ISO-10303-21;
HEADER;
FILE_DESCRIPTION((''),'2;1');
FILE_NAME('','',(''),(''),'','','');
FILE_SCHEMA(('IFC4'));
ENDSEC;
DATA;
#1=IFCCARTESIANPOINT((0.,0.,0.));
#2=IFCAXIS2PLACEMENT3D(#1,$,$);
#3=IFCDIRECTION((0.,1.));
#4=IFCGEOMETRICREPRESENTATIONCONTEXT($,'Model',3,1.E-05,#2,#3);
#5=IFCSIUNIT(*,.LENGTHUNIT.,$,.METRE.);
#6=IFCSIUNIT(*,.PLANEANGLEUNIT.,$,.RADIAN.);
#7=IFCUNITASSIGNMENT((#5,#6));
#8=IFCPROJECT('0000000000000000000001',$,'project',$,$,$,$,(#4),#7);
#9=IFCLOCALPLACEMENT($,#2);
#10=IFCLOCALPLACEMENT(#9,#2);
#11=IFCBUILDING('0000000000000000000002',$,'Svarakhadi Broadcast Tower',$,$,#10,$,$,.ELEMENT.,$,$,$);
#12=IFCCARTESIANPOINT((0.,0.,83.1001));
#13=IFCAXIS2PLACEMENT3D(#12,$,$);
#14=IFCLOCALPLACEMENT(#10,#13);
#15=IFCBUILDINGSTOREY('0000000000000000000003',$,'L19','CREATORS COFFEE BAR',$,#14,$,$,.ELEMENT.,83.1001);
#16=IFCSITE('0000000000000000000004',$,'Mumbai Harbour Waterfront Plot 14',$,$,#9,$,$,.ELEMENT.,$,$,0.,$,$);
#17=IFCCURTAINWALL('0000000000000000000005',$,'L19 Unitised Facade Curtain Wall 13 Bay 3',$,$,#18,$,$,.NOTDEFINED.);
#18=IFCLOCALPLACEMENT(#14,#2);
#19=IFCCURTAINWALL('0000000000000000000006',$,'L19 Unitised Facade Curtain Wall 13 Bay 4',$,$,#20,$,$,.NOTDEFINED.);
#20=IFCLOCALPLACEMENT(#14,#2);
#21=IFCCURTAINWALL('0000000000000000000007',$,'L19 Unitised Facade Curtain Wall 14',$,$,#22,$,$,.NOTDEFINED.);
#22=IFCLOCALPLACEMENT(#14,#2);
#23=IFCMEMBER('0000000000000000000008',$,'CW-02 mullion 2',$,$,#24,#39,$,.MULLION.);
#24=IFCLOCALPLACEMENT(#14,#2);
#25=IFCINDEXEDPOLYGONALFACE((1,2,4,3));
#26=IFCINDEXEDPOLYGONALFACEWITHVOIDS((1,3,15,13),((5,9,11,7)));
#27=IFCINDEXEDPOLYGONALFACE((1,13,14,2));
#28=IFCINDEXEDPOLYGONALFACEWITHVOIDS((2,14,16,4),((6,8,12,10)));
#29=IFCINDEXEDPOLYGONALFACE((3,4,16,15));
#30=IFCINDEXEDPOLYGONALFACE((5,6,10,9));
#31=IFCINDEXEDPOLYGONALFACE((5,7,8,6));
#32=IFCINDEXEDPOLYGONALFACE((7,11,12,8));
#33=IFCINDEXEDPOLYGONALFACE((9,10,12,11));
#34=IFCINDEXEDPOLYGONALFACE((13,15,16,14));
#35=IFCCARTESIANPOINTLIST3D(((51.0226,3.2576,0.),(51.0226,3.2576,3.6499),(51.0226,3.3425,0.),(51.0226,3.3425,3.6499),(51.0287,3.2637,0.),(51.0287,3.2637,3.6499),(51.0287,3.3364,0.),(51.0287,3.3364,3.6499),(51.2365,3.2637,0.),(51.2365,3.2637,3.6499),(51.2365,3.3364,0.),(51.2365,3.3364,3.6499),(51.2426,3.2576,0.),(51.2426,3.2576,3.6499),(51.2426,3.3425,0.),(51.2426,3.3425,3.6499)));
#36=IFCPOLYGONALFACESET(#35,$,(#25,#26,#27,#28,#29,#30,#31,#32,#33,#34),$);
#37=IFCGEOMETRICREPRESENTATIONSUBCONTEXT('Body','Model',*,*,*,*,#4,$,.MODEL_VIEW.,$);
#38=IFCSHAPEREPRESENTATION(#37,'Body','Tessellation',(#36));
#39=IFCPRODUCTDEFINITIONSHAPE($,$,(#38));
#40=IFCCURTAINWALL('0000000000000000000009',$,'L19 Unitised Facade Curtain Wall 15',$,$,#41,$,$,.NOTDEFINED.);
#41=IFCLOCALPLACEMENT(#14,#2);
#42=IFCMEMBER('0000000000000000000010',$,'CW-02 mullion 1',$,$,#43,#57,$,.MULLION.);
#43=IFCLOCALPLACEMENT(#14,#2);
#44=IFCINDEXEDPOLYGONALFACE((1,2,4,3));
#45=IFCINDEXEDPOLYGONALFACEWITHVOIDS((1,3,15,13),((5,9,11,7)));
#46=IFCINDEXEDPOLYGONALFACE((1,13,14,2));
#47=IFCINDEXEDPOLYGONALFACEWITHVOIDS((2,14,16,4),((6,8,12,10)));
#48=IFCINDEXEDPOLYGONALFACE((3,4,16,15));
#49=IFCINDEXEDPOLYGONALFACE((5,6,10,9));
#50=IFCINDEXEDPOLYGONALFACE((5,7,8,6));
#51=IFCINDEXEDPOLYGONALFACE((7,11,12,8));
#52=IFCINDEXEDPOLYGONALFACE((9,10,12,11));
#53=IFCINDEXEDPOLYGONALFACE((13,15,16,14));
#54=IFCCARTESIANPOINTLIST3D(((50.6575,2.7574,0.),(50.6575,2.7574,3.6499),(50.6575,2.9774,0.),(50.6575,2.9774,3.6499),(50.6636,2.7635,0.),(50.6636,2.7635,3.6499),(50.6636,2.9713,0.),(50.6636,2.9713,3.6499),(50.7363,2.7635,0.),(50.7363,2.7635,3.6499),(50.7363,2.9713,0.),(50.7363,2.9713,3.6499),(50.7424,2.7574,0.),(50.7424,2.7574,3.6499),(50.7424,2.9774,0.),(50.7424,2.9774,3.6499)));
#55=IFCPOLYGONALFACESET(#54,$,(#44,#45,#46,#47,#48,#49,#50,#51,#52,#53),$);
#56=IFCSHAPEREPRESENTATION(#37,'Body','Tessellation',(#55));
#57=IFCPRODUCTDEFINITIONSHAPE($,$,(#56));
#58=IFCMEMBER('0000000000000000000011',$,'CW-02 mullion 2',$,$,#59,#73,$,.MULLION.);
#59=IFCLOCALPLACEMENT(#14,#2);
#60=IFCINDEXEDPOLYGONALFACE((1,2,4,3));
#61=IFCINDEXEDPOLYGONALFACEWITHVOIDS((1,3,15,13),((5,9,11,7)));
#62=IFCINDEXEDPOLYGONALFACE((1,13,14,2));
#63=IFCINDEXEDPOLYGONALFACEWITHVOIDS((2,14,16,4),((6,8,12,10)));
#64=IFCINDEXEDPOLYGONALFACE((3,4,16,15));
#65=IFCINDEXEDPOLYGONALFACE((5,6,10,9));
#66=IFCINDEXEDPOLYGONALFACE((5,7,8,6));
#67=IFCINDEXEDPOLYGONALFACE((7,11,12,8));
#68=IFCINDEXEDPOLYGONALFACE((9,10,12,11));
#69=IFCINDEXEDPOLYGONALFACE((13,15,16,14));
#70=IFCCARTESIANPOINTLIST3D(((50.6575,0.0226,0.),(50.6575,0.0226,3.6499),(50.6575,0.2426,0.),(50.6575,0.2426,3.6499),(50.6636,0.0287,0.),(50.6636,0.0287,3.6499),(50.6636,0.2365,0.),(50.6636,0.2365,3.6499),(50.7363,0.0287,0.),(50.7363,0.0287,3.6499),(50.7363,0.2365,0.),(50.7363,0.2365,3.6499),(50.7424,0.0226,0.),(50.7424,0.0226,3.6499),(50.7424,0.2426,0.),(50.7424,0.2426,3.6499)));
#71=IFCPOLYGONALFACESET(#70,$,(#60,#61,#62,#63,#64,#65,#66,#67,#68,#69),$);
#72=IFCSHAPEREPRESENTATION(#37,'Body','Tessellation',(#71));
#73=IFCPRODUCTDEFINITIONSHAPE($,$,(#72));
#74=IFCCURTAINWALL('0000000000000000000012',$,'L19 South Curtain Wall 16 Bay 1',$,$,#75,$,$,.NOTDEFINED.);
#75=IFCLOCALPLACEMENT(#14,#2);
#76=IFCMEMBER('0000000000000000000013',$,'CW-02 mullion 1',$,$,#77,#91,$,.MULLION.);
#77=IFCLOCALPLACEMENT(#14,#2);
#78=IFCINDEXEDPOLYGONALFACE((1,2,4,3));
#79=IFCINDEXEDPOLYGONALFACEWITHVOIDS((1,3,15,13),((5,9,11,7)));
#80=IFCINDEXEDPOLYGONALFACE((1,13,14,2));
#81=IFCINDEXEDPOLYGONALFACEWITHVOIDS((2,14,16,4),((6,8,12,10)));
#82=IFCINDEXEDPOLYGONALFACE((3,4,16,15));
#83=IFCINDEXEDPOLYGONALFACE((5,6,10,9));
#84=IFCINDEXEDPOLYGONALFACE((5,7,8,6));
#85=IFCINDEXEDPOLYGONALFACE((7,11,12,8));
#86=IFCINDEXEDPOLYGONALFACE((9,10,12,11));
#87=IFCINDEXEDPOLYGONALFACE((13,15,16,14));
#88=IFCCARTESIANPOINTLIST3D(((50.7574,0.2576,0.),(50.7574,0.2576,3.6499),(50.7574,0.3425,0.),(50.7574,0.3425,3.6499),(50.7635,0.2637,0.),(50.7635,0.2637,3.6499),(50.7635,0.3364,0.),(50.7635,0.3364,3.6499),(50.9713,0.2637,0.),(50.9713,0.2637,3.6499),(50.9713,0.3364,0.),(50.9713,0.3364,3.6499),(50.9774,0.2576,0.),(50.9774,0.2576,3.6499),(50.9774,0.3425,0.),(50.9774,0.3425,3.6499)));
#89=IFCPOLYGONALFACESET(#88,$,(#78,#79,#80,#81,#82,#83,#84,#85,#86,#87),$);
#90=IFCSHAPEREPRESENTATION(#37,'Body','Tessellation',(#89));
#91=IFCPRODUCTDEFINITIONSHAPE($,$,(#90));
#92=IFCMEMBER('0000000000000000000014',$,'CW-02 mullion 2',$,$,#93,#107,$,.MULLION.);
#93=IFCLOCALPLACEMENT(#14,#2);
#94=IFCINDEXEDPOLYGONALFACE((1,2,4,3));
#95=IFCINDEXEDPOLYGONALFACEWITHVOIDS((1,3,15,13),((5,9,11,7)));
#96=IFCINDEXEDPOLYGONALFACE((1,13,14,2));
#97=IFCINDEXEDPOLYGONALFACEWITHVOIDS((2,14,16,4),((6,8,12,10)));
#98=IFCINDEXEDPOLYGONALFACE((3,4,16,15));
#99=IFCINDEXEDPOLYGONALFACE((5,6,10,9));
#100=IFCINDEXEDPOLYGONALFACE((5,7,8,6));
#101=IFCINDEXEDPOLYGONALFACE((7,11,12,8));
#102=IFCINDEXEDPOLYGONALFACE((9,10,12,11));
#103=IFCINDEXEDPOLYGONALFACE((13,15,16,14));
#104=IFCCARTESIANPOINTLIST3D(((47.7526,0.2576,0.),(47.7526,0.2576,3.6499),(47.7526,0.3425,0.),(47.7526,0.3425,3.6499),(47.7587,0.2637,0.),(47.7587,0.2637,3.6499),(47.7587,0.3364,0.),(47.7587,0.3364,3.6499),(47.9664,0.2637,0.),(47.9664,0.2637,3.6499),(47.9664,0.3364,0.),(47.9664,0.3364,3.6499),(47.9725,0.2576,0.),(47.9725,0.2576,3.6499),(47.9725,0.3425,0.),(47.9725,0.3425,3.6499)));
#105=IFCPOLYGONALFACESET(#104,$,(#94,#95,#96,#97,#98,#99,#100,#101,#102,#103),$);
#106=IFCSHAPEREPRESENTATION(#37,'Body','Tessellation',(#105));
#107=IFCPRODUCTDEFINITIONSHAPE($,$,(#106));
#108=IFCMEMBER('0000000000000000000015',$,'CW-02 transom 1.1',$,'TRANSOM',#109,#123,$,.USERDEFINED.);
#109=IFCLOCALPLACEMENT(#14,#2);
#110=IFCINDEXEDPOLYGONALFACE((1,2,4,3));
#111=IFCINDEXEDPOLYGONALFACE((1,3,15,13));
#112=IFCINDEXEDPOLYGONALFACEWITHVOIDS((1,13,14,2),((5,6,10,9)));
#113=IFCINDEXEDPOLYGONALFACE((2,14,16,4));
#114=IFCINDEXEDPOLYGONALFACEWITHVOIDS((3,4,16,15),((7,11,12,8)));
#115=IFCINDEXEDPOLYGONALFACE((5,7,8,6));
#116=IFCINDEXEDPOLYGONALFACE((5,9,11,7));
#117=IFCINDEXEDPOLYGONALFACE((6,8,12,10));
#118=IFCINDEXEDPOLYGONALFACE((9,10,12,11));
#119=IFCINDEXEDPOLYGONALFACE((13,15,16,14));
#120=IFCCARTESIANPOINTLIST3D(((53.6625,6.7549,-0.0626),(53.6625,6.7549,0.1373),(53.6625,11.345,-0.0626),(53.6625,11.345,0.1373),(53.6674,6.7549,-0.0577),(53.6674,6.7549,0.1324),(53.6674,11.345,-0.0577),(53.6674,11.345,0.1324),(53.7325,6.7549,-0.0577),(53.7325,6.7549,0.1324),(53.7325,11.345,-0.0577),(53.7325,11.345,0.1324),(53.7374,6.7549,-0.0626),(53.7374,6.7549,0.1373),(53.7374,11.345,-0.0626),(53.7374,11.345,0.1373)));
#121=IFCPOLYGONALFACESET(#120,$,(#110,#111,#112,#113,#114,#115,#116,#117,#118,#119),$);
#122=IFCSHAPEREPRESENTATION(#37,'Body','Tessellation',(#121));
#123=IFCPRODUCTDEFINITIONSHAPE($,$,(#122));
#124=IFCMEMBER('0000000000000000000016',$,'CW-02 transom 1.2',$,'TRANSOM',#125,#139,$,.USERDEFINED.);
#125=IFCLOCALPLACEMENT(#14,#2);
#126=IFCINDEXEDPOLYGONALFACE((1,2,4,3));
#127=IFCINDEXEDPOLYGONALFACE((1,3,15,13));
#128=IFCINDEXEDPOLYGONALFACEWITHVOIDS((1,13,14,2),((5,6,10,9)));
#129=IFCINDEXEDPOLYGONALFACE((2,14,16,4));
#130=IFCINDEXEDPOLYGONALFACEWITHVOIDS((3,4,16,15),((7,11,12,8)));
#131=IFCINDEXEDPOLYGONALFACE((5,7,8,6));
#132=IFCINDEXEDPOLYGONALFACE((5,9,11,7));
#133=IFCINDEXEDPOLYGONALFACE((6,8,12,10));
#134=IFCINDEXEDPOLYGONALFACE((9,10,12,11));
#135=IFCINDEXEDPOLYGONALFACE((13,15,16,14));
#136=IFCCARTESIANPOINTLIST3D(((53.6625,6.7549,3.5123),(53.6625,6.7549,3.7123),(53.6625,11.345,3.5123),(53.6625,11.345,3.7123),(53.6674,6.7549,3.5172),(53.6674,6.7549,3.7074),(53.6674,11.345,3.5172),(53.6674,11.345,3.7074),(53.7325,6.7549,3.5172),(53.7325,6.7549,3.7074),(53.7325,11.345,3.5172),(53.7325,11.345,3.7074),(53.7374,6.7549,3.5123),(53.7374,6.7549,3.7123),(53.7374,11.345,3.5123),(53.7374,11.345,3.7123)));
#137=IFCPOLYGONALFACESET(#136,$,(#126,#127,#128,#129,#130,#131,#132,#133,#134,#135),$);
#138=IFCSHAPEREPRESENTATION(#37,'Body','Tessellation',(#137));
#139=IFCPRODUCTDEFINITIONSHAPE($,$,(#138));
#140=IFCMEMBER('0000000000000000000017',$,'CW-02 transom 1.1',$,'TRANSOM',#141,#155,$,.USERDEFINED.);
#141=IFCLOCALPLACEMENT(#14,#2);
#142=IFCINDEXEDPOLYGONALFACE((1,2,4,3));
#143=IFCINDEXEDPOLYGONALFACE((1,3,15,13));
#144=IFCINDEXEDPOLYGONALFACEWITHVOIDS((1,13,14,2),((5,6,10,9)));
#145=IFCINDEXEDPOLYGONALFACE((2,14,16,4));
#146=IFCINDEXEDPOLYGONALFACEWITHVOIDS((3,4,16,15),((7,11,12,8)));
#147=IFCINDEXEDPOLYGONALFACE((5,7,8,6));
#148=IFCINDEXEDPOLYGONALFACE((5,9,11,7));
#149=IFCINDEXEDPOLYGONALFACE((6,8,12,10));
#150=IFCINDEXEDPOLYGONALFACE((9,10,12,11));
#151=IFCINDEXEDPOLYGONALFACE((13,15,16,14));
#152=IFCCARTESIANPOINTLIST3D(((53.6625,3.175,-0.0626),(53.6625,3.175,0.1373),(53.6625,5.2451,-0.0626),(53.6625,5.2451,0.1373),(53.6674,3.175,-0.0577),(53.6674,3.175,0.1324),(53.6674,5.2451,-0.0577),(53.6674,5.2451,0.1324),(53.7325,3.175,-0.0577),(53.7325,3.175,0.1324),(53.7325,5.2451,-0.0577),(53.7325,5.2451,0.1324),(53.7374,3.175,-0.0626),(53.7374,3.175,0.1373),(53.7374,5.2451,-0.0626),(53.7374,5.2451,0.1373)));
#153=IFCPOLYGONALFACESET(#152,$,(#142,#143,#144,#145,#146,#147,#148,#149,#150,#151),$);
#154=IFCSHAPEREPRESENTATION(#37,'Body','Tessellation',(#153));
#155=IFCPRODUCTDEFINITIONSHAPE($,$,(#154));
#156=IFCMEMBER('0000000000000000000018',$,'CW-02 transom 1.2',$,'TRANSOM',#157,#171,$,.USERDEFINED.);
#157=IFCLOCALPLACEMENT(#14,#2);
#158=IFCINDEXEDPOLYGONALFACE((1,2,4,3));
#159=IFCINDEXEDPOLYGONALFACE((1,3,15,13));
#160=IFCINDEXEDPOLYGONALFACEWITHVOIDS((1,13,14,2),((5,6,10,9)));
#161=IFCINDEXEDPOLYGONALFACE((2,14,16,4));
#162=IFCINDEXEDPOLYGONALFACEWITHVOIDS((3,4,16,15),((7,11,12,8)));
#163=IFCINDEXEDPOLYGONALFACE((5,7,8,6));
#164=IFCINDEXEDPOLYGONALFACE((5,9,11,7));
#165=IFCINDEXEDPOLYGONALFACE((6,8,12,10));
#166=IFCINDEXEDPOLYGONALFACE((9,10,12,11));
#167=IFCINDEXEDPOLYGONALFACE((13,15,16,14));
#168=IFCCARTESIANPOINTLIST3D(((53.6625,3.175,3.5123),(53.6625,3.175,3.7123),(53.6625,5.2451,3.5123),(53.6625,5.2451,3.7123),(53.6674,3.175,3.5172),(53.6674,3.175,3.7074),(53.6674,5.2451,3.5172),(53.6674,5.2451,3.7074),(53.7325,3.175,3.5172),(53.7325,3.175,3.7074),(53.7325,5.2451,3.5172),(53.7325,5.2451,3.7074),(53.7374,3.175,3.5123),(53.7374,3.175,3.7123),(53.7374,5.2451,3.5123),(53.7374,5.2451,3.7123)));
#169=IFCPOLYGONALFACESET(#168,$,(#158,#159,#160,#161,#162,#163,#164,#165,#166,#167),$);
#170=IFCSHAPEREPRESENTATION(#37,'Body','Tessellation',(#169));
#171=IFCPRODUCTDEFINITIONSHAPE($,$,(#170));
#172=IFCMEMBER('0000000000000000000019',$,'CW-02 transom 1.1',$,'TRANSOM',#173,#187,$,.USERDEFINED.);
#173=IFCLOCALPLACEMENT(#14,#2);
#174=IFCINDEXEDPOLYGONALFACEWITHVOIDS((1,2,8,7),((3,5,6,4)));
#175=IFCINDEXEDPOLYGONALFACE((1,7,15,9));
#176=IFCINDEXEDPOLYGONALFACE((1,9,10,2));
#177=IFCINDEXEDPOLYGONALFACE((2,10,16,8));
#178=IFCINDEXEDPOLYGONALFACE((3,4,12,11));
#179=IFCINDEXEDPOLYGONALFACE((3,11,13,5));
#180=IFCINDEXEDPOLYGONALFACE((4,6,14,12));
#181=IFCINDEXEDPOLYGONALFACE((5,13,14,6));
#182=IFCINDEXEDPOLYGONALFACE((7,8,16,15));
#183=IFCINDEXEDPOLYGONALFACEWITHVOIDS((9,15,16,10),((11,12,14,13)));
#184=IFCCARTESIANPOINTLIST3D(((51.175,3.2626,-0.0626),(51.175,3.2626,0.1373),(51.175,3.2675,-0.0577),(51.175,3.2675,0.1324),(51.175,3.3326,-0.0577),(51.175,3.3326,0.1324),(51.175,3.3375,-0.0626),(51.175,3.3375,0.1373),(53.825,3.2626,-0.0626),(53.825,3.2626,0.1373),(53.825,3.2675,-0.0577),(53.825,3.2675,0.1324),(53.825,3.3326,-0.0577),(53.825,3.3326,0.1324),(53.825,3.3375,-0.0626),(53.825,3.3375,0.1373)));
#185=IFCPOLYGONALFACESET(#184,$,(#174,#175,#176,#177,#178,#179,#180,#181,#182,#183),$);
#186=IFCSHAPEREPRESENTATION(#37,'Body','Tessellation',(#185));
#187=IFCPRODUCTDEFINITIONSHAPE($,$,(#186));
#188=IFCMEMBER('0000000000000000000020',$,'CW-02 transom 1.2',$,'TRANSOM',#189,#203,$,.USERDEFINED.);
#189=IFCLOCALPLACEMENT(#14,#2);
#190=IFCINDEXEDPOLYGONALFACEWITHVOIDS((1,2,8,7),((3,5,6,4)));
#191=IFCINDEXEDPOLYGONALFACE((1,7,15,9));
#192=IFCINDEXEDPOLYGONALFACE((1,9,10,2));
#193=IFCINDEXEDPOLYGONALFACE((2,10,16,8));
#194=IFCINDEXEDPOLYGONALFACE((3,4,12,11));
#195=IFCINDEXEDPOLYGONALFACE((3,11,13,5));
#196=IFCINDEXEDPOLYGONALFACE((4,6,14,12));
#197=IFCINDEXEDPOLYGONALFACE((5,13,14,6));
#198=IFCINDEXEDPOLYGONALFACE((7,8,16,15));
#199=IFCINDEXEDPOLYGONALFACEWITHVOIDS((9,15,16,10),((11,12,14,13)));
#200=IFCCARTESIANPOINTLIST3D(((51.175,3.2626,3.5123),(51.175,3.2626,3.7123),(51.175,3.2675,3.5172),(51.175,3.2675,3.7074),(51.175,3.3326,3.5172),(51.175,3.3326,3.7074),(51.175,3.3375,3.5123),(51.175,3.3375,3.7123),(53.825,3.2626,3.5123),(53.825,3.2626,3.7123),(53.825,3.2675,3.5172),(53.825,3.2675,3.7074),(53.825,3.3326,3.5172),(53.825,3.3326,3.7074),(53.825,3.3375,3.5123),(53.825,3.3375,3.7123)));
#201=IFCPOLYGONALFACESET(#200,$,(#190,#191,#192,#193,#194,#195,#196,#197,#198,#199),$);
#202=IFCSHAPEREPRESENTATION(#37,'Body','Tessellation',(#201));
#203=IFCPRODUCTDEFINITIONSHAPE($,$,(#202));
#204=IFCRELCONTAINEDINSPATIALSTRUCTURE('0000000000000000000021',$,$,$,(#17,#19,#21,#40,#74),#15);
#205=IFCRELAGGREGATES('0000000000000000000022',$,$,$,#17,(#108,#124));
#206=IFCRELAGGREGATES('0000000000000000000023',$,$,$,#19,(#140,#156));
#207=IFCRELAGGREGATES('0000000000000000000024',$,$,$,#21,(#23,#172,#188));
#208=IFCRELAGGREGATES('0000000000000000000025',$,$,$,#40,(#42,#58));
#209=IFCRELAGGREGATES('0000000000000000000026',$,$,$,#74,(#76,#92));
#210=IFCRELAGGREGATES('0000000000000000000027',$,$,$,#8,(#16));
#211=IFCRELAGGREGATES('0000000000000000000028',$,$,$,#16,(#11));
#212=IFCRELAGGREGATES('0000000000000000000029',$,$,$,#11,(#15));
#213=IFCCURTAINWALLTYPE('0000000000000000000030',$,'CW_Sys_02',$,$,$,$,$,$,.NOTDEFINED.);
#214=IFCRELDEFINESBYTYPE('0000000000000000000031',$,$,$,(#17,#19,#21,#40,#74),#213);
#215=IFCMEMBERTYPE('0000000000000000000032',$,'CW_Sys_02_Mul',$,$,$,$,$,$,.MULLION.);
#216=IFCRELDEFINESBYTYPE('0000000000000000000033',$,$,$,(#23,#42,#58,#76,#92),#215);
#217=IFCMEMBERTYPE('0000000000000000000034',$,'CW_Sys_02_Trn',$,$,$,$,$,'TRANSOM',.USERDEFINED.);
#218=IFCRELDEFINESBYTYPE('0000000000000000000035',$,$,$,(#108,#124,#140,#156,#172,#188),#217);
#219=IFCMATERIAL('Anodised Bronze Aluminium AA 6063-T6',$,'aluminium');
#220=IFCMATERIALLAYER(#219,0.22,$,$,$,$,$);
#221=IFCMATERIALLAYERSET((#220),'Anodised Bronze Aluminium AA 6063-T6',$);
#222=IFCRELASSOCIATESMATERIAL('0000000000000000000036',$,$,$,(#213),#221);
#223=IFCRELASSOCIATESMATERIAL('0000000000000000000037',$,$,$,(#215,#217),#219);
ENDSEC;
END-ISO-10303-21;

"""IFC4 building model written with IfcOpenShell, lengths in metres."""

from ifc_helpers import new_model, si_unit, direction, frame, origin, origin_2d, place, context, subcontext, project, spatial, hollow_rectangle, extrude, material, layer, layer_set, material_profile, profile_set, type_object, element, aggregate, save


model = new_model("IFC4")

# Units and contexts
model_context = context("Model", 3, precision=1e-05, world=origin(), true_north=direction((0.0, 1.0)))
body_context = subcontext(model_context, "Body", "Model", "MODEL_VIEW")
ifc_project = project(units=[si_unit("LENGTHUNIT", "METRE"), si_unit("PLANEANGLEUNIT", "RADIAN")], contexts=[model_context])

# Site, building, storey
site_placement = place(None, origin())
site = spatial("IfcSite", under=ifc_project, at=site_placement, Name="Mumbai Harbour Waterfront Plot 14", CompositionType="ELEMENT", RefElevation=0.0)
building_placement = place(site_placement, origin())
building = spatial("IfcBuilding", under=site, at=building_placement, Name="Svarakhadi Broadcast Tower", CompositionType="ELEMENT")
storey_placement = place(building_placement, frame((0.0, 0.0, 83.1001)))
storey = spatial("IfcBuildingStorey", under=building, at=storey_placement, Name="L19", Description="CREATORS COFFEE BAR", CompositionType="ELEMENT", Elevation=83.1001)

# Curtain walls, members
ifc_material_1 = material(Name="Anodised Bronze Aluminium AA 6063-T6", Category="aluminium")
ifc_layer_1 = layer(ifc_material_1, 0.22)
ifc_layer_set_1 = layer_set([ifc_layer_1], Name="Anodised Bronze Aluminium AA 6063-T6")
curtain_wall_type = type_object("IfcCurtainWallType", Name="CW_Sys_02", PredefinedType="NOTDEFINED", material=ifc_layer_set_1)
curtain_wall_1_placement = place(storey_placement, origin())
curtain_wall_1 = element("IfcCurtainWall", 1, at=curtain_wall_1_placement, inside=storey, type_object=curtain_wall_type, Name="L19 Unitised Facade Curtain Wall 13 Bay 3", PredefinedType="NOTDEFINED")
ifc_material_profile_1 = material_profile(ifc_material_1, hollow_rectangle(XDim=0.085, YDim=0.22, WallThickness=0.0061, at=origin_2d()), Name="ALU MULLION 220x85x6")
ifc_profile_set_1 = profile_set([ifc_material_profile_1], Name="Anodised Bronze Aluminium AA 6063-T6")
member_type_1 = type_object("IfcMemberType", Name="CW_Sys_02_Mul", PredefinedType="MULLION", material=ifc_profile_set_1)
curtain_wall_2_placement = place(storey_placement, origin())
curtain_wall_2 = element("IfcCurtainWall", 2, at=curtain_wall_2_placement, inside=storey, type_object=curtain_wall_type, Name="L19 Unitised Facade Curtain Wall 13 Bay 4", PredefinedType="NOTDEFINED")
curtain_wall_3_placement = place(storey_placement, origin())
curtain_wall_3 = element("IfcCurtainWall", 3, at=curtain_wall_3_placement, inside=storey, type_object=curtain_wall_type, Name="L19 Unitised Facade Curtain Wall 14", PredefinedType="NOTDEFINED")
member_1_placement = place(storey_placement, frame((51.1326, 3.3, 0.0), z_axis=(0.0, 0.0, 1.0), x_axis=(0.0, -1.0, 0.0)))
member_1 = element("IfcMember", 4, at=member_1_placement, type_object=member_type_1, Name="CW-02 mullion 2", PredefinedType="MULLION", context=body_context, shape_type="SweptSolid", body=[
    extrude(hollow_rectangle(XDim=0.085, YDim=0.22, WallThickness=0.0061, at=origin_2d()), origin(), (0.0, 0.0, 1.0), 3.6499),
])
curtain_wall_4_placement = place(storey_placement, origin())
curtain_wall_4 = element("IfcCurtainWall", 5, at=curtain_wall_4_placement, inside=storey, type_object=curtain_wall_type, Name="L19 Unitised Facade Curtain Wall 15", PredefinedType="NOTDEFINED")
member_2_placement = place(storey_placement, frame((50.7, 2.8674, 0.0), z_axis=(0.0, 0.0, 1.0), x_axis=(1.0, 0.0, 0.0)))
member_2 = element("IfcMember", 6, at=member_2_placement, type_object=member_type_1, Name="CW-02 mullion 1", PredefinedType="MULLION", context=body_context, shape_type="SweptSolid", body=[
    extrude(hollow_rectangle(XDim=0.085, YDim=0.22, WallThickness=0.0061, at=origin_2d()), origin(), (0.0, 0.0, 1.0), 3.6499),
])
member_3_placement = place(storey_placement, frame((50.7, 0.1326, 0.0), z_axis=(0.0, 0.0, 1.0), x_axis=(1.0, 0.0, 0.0)))
member_3 = element("IfcMember", 7, at=member_3_placement, type_object=member_type_1, Name="CW-02 mullion 2", PredefinedType="MULLION", context=body_context, shape_type="SweptSolid", body=[
    extrude(hollow_rectangle(XDim=0.085, YDim=0.22, WallThickness=0.0061, at=origin_2d()), origin(), (0.0, 0.0, 1.0), 3.6499),
])
curtain_wall_5_placement = place(storey_placement, origin())
curtain_wall_5 = element("IfcCurtainWall", 8, at=curtain_wall_5_placement, inside=storey, type_object=curtain_wall_type, Name="L19 South Curtain Wall 16 Bay 1", PredefinedType="NOTDEFINED")
member_4_placement = place(storey_placement, frame((50.8674, 0.3, 0.0), z_axis=(0.0, 0.0, 1.0), x_axis=(0.0, -1.0, 0.0)))
member_4 = element("IfcMember", 9, at=member_4_placement, type_object=member_type_1, Name="CW-02 mullion 1", PredefinedType="MULLION", context=body_context, shape_type="SweptSolid", body=[
    extrude(hollow_rectangle(XDim=0.085, YDim=0.22, WallThickness=0.0061, at=origin_2d()), origin(), (0.0, 0.0, 1.0), 3.6499),
])
member_5_placement = place(storey_placement, frame((47.8625, 0.3, 0.0), z_axis=(0.0, 0.0, 1.0), x_axis=(0.0, -1.0, 0.0)))
member_5 = element("IfcMember", 10, at=member_5_placement, type_object=member_type_1, Name="CW-02 mullion 2", PredefinedType="MULLION", context=body_context, shape_type="SweptSolid", body=[
    extrude(hollow_rectangle(XDim=0.085, YDim=0.22, WallThickness=0.0061, at=origin_2d()), origin(), (0.0, 0.0, 1.0), 3.6499),
])

# Members
ifc_material_profile_2 = material_profile(ifc_material_1, hollow_rectangle(XDim=0.075, YDim=0.2, WallThickness=0.0049, at=origin_2d()), Name="ALU TRANSOM 200x75x5")
ifc_profile_set_2 = profile_set([ifc_material_profile_2], Name="Anodised Bronze Aluminium AA 6063-T6")
member_type_2 = type_object("IfcMemberType", Name="CW_Sys_02_Trn", ElementType="TRANSOM", PredefinedType="USERDEFINED", material=ifc_profile_set_2)
member_6_placement = place(storey_placement, frame((53.7, 11.345, 0.0374), z_axis=(0.0, -1.0, 0.0), x_axis=(1.0, 0.0, 0.0)))
member_6 = element("IfcMember", 11, at=member_6_placement, type_object=member_type_2, Name="CW-02 transom 1.1", ObjectType="TRANSOM", PredefinedType="USERDEFINED", context=body_context, shape_type="SweptSolid", body=[
    extrude(hollow_rectangle(XDim=0.075, YDim=0.2, WallThickness=0.0049, at=origin_2d()), origin(), (0.0, 0.0, 1.0), 4.5901),
])
member_7_placement = place(storey_placement, frame((53.7, 11.345, 3.6123), z_axis=(0.0, -1.0, 0.0), x_axis=(1.0, 0.0, 0.0)))
member_7 = element("IfcMember", 12, at=member_7_placement, type_object=member_type_2, Name="CW-02 transom 1.2", ObjectType="TRANSOM", PredefinedType="USERDEFINED", context=body_context, shape_type="SweptSolid", body=[
    extrude(hollow_rectangle(XDim=0.075, YDim=0.2, WallThickness=0.0049, at=origin_2d()), origin(), (0.0, 0.0, 1.0), 4.5901),
])
member_8_placement = place(storey_placement, frame((53.7, 5.2451, 0.0374), z_axis=(0.0, -1.0, 0.0), x_axis=(1.0, 0.0, 0.0)))
member_8 = element("IfcMember", 13, at=member_8_placement, type_object=member_type_2, Name="CW-02 transom 1.1", ObjectType="TRANSOM", PredefinedType="USERDEFINED", context=body_context, shape_type="SweptSolid", body=[
    extrude(hollow_rectangle(XDim=0.075, YDim=0.2, WallThickness=0.0049, at=origin_2d()), origin(), (0.0, 0.0, 1.0), 2.0701),
])
member_9_placement = place(storey_placement, frame((53.7, 5.2451, 3.6123), z_axis=(0.0, -1.0, 0.0), x_axis=(1.0, 0.0, 0.0)))
member_9 = element("IfcMember", 14, at=member_9_placement, type_object=member_type_2, Name="CW-02 transom 1.2", ObjectType="TRANSOM", PredefinedType="USERDEFINED", context=body_context, shape_type="SweptSolid", body=[
    extrude(hollow_rectangle(XDim=0.075, YDim=0.2, WallThickness=0.0049, at=origin_2d()), origin(), (0.0, 0.0, 1.0), 2.0701),
])
member_10_placement = place(storey_placement, frame((53.825, 3.3, 0.0374), z_axis=(-1.0, 0.0, 0.0), x_axis=(0.0, -1.0, 0.0)))
member_10 = element("IfcMember", 15, at=member_10_placement, type_object=member_type_2, Name="CW-02 transom 1.1", ObjectType="TRANSOM", PredefinedType="USERDEFINED", context=body_context, shape_type="SweptSolid", body=[
    extrude(hollow_rectangle(XDim=0.075, YDim=0.2, WallThickness=0.0049, at=origin_2d()), origin(), (0.0, 0.0, 1.0), 2.6499),
])
member_11_placement = place(storey_placement, frame((53.825, 3.3, 3.6123), z_axis=(-1.0, 0.0, 0.0), x_axis=(0.0, -1.0, 0.0)))
member_11 = element("IfcMember", 16, at=member_11_placement, type_object=member_type_2, Name="CW-02 transom 1.2", ObjectType="TRANSOM", PredefinedType="USERDEFINED", context=body_context, shape_type="SweptSolid", body=[
    extrude(hollow_rectangle(XDim=0.075, YDim=0.2, WallThickness=0.0049, at=origin_2d()), origin(), (0.0, 0.0, 1.0), 2.6499),
])

aggregate(curtain_wall_1, [member_6, member_7])
aggregate(curtain_wall_2, [member_8, member_9])
aggregate(curtain_wall_3, [member_1, member_10, member_11])
aggregate(curtain_wall_4, [member_2, member_3])
aggregate(curtain_wall_5, [member_4, member_5])

save(model, "model.ifc")
